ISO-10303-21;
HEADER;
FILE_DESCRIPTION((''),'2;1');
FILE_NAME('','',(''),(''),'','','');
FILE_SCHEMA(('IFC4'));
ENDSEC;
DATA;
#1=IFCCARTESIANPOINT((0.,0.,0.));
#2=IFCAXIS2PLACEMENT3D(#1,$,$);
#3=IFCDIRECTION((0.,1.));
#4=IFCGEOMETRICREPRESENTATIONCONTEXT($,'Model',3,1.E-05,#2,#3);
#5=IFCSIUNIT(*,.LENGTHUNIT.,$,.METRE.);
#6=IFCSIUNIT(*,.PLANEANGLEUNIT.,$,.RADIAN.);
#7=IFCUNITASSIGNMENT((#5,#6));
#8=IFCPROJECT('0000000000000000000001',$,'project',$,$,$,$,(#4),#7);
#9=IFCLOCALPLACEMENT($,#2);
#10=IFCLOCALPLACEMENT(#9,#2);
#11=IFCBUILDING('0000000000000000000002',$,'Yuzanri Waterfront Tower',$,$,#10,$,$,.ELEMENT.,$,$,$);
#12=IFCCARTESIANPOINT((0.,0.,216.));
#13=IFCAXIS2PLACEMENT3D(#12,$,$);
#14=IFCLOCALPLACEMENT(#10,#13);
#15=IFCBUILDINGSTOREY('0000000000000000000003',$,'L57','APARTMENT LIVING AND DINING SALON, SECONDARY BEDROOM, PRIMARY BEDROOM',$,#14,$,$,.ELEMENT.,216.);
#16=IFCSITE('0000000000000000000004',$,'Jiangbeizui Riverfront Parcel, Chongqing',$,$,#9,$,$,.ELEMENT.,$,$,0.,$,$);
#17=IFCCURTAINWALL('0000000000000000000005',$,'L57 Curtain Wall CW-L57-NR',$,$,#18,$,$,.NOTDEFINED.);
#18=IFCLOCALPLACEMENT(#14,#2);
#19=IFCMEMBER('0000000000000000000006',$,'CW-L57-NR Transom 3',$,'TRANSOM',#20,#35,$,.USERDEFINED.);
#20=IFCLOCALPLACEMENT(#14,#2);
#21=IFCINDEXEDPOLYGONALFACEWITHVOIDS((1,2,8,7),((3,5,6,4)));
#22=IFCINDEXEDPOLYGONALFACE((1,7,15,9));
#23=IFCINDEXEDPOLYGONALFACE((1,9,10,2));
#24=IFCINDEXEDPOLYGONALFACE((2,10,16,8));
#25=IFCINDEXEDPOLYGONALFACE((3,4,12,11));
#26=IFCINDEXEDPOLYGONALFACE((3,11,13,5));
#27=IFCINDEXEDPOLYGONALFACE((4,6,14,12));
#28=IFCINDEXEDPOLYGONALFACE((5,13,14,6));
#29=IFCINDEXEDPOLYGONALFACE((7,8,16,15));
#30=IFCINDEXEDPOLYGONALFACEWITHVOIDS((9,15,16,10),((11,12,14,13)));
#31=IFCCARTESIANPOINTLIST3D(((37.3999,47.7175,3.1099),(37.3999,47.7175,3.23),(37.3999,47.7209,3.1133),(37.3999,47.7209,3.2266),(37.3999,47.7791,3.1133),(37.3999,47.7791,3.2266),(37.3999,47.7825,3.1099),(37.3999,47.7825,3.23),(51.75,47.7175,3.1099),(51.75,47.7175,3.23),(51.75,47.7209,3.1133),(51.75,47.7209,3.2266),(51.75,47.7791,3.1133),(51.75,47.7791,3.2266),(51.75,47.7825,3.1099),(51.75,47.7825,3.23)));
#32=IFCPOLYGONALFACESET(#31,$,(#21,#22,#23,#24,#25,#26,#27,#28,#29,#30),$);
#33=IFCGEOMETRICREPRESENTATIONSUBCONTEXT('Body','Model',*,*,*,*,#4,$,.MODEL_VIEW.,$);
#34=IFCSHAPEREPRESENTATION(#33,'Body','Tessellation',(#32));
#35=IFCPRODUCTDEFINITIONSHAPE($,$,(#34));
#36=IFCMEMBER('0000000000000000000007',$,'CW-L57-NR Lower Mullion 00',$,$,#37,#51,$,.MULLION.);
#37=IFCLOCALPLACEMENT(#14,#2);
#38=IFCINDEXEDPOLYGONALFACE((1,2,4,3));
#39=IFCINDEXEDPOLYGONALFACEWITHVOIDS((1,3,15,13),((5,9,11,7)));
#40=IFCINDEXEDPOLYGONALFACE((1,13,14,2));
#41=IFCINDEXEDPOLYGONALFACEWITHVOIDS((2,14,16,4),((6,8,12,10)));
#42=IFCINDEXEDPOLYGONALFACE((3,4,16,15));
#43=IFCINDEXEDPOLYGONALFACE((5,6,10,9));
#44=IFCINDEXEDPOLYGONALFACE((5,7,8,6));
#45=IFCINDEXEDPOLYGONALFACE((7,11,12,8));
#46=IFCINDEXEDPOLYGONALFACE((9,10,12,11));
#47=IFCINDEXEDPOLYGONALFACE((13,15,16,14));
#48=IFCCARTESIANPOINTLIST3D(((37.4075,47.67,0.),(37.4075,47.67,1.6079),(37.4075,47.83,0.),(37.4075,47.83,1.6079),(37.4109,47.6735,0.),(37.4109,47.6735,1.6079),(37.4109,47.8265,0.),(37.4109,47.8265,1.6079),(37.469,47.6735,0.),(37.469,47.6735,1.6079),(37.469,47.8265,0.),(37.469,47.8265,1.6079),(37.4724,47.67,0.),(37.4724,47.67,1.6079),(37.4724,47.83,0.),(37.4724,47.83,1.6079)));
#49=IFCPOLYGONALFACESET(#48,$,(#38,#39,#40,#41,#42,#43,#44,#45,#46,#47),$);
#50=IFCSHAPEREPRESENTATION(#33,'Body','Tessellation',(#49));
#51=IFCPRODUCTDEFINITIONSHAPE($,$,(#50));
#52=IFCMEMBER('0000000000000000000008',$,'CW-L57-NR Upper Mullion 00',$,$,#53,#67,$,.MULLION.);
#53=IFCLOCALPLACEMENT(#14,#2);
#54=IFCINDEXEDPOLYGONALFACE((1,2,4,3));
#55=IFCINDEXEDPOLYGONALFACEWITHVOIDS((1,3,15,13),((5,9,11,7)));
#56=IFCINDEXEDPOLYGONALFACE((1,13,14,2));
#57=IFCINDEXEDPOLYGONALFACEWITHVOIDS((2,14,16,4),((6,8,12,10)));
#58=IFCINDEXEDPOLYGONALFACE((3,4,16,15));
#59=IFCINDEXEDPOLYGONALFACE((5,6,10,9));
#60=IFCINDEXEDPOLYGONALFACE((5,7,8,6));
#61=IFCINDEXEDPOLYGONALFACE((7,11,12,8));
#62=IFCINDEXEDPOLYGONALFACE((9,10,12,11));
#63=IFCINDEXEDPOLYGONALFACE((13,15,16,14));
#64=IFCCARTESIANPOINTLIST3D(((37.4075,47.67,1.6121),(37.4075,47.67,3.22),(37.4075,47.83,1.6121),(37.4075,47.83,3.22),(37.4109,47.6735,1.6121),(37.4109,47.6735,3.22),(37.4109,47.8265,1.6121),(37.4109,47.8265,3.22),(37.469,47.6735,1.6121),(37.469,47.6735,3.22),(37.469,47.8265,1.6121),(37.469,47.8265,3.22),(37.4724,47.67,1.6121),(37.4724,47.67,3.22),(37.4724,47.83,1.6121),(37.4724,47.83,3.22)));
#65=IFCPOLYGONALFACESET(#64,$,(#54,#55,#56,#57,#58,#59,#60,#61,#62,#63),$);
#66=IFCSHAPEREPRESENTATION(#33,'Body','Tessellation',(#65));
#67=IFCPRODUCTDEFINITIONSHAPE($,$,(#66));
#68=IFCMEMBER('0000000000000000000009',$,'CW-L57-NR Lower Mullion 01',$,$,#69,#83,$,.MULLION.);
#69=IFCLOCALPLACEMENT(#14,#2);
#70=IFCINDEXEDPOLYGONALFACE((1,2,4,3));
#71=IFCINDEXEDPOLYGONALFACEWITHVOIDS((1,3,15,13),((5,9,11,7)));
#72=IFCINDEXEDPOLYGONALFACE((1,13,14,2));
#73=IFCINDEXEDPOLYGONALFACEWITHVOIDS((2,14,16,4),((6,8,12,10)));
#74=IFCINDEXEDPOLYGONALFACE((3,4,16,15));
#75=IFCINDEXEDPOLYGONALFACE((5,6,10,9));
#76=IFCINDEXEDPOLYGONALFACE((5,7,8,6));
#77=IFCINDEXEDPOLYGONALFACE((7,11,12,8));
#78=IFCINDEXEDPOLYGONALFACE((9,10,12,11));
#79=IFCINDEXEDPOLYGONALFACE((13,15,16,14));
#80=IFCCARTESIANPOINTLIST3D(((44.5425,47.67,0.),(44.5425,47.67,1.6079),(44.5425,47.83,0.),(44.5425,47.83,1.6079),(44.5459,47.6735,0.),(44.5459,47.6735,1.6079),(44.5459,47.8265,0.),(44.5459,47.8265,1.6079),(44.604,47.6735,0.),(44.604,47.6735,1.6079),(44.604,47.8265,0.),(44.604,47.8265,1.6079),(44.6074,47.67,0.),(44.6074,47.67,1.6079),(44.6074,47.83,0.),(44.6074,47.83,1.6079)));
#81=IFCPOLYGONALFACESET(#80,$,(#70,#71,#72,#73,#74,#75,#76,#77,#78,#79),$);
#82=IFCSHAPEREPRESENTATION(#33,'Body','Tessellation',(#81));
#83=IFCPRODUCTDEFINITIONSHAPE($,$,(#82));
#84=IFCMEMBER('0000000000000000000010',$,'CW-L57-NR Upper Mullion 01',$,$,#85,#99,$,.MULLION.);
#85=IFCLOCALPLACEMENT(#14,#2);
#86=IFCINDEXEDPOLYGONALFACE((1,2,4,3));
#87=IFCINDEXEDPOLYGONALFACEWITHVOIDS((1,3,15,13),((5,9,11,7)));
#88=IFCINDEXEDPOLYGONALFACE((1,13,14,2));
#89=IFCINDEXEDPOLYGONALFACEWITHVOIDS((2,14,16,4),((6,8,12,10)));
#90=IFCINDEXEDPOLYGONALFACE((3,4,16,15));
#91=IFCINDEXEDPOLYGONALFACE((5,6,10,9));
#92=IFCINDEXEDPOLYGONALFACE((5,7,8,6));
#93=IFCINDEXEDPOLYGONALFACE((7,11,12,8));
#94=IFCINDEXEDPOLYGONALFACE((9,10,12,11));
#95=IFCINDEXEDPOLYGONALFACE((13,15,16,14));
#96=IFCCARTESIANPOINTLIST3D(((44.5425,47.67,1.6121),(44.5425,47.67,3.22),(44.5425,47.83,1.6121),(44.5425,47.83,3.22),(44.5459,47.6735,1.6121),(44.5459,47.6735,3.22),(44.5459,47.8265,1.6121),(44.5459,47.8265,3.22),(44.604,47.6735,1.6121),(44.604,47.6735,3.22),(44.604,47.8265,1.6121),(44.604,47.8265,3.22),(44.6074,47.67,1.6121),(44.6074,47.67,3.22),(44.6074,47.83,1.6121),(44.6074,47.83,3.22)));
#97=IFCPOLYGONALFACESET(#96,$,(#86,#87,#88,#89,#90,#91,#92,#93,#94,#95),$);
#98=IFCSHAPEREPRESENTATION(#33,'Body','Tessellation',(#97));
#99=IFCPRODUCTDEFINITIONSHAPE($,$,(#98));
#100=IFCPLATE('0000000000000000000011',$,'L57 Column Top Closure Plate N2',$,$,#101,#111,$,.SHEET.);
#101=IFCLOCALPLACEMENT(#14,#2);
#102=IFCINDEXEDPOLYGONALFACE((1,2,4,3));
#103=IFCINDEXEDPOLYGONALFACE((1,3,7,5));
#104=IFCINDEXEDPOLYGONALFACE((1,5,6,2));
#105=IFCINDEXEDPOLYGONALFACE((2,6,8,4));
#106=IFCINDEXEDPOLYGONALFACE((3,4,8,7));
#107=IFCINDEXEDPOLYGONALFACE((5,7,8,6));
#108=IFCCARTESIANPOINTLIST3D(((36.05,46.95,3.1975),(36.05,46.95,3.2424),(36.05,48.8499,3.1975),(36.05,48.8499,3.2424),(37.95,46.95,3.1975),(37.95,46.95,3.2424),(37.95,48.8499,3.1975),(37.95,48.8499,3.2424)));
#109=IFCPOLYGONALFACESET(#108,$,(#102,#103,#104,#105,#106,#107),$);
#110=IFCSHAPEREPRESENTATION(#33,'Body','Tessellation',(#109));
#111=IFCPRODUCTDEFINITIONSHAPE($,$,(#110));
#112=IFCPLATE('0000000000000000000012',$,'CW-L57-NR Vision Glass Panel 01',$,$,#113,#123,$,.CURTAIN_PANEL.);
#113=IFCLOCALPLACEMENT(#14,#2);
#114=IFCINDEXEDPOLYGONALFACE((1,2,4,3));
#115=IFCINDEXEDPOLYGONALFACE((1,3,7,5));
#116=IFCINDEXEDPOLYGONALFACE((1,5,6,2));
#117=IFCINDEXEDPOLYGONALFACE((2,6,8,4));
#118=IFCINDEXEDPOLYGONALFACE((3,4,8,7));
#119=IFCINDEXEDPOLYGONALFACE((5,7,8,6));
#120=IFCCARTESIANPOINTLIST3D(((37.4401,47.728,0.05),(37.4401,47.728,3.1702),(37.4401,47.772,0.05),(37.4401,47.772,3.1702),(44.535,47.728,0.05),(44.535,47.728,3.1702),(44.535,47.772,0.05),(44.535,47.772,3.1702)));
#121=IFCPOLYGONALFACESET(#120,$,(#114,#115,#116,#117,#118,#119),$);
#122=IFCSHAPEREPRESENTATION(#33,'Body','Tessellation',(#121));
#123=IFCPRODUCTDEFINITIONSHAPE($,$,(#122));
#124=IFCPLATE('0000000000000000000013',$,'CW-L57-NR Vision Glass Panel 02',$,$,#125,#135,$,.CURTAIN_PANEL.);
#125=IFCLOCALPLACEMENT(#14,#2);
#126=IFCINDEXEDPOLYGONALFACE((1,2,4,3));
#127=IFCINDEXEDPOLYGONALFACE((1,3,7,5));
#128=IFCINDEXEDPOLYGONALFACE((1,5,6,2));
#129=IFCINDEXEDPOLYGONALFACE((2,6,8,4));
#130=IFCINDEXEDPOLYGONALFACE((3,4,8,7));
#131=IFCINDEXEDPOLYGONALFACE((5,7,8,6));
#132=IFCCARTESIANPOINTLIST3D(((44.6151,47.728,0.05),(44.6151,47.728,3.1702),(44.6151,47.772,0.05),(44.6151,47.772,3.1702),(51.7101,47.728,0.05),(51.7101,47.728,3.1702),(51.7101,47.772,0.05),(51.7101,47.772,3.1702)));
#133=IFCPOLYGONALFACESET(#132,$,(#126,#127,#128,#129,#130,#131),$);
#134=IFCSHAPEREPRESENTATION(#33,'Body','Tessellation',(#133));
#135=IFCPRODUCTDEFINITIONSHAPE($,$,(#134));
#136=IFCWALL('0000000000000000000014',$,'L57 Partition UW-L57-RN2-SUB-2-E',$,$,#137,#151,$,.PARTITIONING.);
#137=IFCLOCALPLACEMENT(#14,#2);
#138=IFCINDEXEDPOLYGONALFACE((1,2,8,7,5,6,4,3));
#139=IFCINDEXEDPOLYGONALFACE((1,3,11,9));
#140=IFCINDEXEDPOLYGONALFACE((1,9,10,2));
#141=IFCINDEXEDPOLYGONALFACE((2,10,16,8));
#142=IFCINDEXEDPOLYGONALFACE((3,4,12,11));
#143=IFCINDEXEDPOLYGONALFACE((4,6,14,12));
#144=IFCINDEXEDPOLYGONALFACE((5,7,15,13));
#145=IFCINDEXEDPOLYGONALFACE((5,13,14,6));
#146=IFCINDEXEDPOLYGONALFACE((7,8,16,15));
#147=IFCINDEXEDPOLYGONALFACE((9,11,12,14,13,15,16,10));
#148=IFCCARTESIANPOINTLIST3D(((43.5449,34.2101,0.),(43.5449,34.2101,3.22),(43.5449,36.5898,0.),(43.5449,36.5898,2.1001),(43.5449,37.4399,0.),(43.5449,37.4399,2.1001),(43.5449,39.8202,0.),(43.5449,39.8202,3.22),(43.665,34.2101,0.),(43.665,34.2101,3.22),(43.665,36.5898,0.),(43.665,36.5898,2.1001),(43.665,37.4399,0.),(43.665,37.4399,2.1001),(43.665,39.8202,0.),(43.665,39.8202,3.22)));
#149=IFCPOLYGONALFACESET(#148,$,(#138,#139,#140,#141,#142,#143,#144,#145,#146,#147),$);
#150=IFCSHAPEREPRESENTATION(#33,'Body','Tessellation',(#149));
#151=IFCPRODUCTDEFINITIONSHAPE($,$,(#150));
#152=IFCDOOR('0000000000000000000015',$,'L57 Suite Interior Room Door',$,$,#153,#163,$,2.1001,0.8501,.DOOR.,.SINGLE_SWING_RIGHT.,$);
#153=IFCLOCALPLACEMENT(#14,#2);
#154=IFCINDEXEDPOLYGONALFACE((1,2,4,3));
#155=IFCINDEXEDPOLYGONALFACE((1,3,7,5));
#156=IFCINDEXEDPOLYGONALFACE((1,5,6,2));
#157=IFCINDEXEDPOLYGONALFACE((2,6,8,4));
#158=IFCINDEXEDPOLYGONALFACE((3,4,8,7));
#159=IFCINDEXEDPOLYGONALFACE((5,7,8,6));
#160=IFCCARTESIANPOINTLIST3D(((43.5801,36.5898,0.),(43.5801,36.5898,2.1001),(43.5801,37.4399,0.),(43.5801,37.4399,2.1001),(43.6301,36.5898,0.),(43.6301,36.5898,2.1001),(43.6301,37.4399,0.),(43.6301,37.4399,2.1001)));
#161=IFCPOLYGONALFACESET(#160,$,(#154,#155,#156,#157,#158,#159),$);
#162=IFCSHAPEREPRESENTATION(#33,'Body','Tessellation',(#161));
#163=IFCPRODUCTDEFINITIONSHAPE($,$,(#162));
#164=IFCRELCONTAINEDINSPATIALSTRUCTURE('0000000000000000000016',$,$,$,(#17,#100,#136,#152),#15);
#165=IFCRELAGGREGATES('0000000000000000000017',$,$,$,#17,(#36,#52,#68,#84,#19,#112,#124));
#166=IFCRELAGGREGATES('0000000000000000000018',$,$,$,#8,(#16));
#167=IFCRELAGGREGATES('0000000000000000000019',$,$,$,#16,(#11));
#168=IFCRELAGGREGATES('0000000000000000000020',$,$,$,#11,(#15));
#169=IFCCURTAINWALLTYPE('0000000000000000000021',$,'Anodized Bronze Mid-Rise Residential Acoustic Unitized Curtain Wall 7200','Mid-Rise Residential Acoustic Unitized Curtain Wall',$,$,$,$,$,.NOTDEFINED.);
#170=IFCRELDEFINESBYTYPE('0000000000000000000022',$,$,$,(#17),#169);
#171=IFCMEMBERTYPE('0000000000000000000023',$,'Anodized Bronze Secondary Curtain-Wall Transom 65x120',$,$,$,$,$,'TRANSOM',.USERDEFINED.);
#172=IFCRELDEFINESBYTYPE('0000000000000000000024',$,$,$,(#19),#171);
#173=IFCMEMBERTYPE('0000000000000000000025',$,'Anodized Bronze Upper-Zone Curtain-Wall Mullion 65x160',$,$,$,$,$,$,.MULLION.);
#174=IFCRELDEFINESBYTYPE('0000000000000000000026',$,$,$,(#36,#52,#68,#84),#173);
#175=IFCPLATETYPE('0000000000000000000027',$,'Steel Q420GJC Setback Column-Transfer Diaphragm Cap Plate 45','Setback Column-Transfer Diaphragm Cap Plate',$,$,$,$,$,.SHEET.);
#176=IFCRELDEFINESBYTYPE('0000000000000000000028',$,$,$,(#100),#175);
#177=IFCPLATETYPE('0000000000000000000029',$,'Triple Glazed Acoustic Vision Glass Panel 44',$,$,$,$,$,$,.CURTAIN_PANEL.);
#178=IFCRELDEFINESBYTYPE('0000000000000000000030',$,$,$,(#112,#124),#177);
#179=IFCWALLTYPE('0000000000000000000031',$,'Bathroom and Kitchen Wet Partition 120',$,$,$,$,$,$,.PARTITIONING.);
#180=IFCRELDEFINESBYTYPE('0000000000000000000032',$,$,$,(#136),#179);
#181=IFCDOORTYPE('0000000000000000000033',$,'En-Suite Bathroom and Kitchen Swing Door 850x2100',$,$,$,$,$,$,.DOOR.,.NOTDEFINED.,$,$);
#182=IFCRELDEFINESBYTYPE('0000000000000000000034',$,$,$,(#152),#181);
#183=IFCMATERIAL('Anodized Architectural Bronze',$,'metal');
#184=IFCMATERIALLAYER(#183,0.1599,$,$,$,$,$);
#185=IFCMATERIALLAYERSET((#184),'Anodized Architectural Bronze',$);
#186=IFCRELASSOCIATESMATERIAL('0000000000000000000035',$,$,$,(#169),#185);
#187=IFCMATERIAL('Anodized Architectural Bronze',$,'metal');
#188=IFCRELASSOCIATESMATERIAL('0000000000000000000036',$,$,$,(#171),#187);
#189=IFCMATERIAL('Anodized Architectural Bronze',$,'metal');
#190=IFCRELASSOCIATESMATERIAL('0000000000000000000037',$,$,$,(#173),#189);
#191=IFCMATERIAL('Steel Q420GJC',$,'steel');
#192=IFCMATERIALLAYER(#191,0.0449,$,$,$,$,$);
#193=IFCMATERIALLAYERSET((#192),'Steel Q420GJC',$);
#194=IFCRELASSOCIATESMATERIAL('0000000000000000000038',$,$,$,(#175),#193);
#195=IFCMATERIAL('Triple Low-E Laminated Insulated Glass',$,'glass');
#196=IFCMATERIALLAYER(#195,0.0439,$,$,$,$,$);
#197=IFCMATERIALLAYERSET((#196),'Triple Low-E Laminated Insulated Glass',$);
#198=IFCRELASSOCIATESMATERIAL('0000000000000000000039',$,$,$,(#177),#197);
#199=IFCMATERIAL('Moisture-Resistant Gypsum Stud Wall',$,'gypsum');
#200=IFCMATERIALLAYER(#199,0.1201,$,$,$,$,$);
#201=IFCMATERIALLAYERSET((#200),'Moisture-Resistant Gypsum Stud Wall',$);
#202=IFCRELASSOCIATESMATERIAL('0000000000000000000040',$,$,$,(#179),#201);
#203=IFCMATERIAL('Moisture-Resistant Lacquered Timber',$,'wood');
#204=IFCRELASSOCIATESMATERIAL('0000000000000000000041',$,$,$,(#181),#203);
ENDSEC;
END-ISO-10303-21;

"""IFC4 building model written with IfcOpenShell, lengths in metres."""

from ifc_helpers import new_model, si_unit, direction, frame, frame_2d, origin, origin_2d, place, context, subcontext, project, spatial, rectangle, hollow_rectangle, extrude, source, transform, mapped, material, layer, layer_set, material_profile, profile_set, type_object, element, fill, aggregate, save


model = new_model("IFC4")

# Units and contexts
model_context = context("Model", 3, precision=1e-05, world=origin(), true_north=direction((0.0, 1.0)))
body_context = subcontext(model_context, "Body", "Model", "MODEL_VIEW")
ifc_project = project(units=[si_unit("LENGTHUNIT", "METRE"), si_unit("PLANEANGLEUNIT", "RADIAN")], contexts=[model_context])

# Site, building, storey
site_placement = place(None, origin())
site = spatial("IfcSite", under=ifc_project, at=site_placement, Name="Jiangbeizui Riverfront Parcel, Chongqing", CompositionType="ELEMENT", RefElevation=0.0)
building_placement = place(site_placement, origin())
building = spatial("IfcBuilding", under=site, at=building_placement, Name="Yuzanri Waterfront Tower", CompositionType="ELEMENT")
storey_placement = place(building_placement, frame((0.0, 0.0, 216.0)))
storey = spatial("IfcBuildingStorey", under=building, at=storey_placement, Name="L57", Description="APARTMENT LIVING AND DINING SALON, SECONDARY BEDROOM, PRIMARY BEDROOM", CompositionType="ELEMENT", Elevation=216.0)

# Curtain wall, members
ifc_material_1 = material(Name="Anodized Architectural Bronze", Category="metal")
ifc_layer_1 = layer(ifc_material_1, 0.1599)
ifc_layer_set_1 = layer_set([ifc_layer_1], Name="Anodized Architectural Bronze")
curtain_wall_type = type_object("IfcCurtainWallType", Name="Anodized Bronze Mid-Rise Residential Acoustic Unitized Curtain Wall 7200", Description="Mid-Rise Residential Acoustic Unitized Curtain Wall", PredefinedType="NOTDEFINED", material=ifc_layer_set_1)
curtain_wall_placement = place(storey_placement, origin())
curtain_wall = element("IfcCurtainWall", 1, at=curtain_wall_placement, inside=storey, type_object=curtain_wall_type, Name="L57 Curtain Wall CW-L57-NR", PredefinedType="NOTDEFINED")
ifc_material_2 = material(Name="Anodized Architectural Bronze", Category="metal")
ifc_material_profile_1 = material_profile(ifc_material_2, hollow_rectangle(XDim=0.0649, YDim=0.1201, WallThickness=0.0034, at=origin_2d()), Name="CWT 65x120")
ifc_profile_set_1 = profile_set([ifc_material_profile_1], Name="Anodized Architectural Bronze")
member_type_1 = type_object("IfcMemberType", Name="Anodized Bronze Secondary Curtain-Wall Transom 65x120", ElementType="TRANSOM", PredefinedType="USERDEFINED", material=ifc_profile_set_1)
shared_shape_1 = source(origin(), body_context, "Body", "SweptSolid", [
    extrude(hollow_rectangle(XDim=0.0649, YDim=0.1201, WallThickness=0.0034, at=origin_2d()), origin(), (0.0, 0.0, 1.0), 14.3501),
])
member_1_placement = place(storey_placement, frame((37.3999, 47.75, 3.1699), z_axis=(1.0, 0.0, 0.0), x_axis=(0.0, 1.0, 0.0)))
member_1 = element("IfcMember", 2, at=member_1_placement, type_object=member_type_1, Name="CW-L57-NR Transom 3", ObjectType="TRANSOM", PredefinedType="USERDEFINED", context=body_context, shape_type="MappedRepresentation", body=[
    mapped(shared_shape_1, transform((0.0, 0.0, 0.0), scale=1.0)),
])
ifc_material_3 = material(Name="Anodized Architectural Bronze", Category="metal")
ifc_material_profile_2 = material_profile(ifc_material_3, hollow_rectangle(XDim=0.0649, YDim=0.1599, WallThickness=0.0034, at=origin_2d()), Name="CWM 65x160")
ifc_profile_set_2 = profile_set([ifc_material_profile_2], Name="Anodized Architectural Bronze")
member_type_2 = type_object("IfcMemberType", Name="Anodized Bronze Upper-Zone Curtain-Wall Mullion 65x160", PredefinedType="MULLION", material=ifc_profile_set_2)
shared_shape_2 = source(origin(), body_context, "Body", "SweptSolid", [
    extrude(hollow_rectangle(XDim=0.0649, YDim=0.1599, WallThickness=0.0034, at=origin_2d()), origin(), (0.0, 0.0, 1.0), 1.6079),
])
member_2_placement = place(storey_placement, frame((37.4399, 47.75, 0.0), z_axis=(0.0, 0.0, 1.0), x_axis=(1.0, 0.0, 0.0)))
member_2 = element("IfcMember", 3, at=member_2_placement, type_object=member_type_2, Name="CW-L57-NR Lower Mullion 00", PredefinedType="MULLION", context=body_context, shape_type="MappedRepresentation", body=[
    mapped(shared_shape_2, transform((0.0, 0.0, 0.0), scale=1.0)),
])
member_3_placement = place(storey_placement, frame((37.4399, 47.75, 1.6121), z_axis=(0.0, 0.0, 1.0), x_axis=(1.0, 0.0, 0.0)))
member_3 = element("IfcMember", 4, at=member_3_placement, type_object=member_type_2, Name="CW-L57-NR Upper Mullion 00", PredefinedType="MULLION", context=body_context, shape_type="MappedRepresentation", body=[
    mapped(shared_shape_2, transform((0.0, 0.0, 0.0), scale=1.0)),
])
member_4_placement = place(storey_placement, frame((44.575, 47.75, 0.0), z_axis=(0.0, 0.0, 1.0), x_axis=(1.0, 0.0, 0.0)))
member_4 = element("IfcMember", 5, at=member_4_placement, type_object=member_type_2, Name="CW-L57-NR Lower Mullion 01", PredefinedType="MULLION", context=body_context, shape_type="MappedRepresentation", body=[
    mapped(shared_shape_2, transform((0.0, 0.0, 0.0), scale=1.0)),
])
member_5_placement = place(storey_placement, frame((44.575, 47.75, 1.6121), z_axis=(0.0, 0.0, 1.0), x_axis=(1.0, 0.0, 0.0)))
member_5 = element("IfcMember", 6, at=member_5_placement, type_object=member_type_2, Name="CW-L57-NR Upper Mullion 01", PredefinedType="MULLION", context=body_context, shape_type="MappedRepresentation", body=[
    mapped(shared_shape_2, transform((0.0, 0.0, 0.0), scale=1.0)),
])

# Plates
ifc_material_4 = material(Name="Steel Q420GJC", Category="steel")
ifc_layer_2 = layer(ifc_material_4, 0.0449)
ifc_layer_set_2 = layer_set([ifc_layer_2], Name="Steel Q420GJC")
plate_type_1 = type_object("IfcPlateType", Name="Steel Q420GJC Setback Column-Transfer Diaphragm Cap Plate 45", Description="Setback Column-Transfer Diaphragm Cap Plate", PredefinedType="SHEET", material=ifc_layer_set_2)
shared_shape_3 = source(origin(), body_context, "Body", "SweptSolid", [
    extrude(rectangle(XDim=1.8999, YDim=1.8999, at=origin_2d()), origin(), (0.0, 0.0, 1.0), 0.0449),
])
plate_1_placement = place(storey_placement, frame((37.0, 47.8999, 3.1975), z_axis=(0.0, 0.0, 1.0), x_axis=(1.0, 0.0, 0.0)))
element("IfcPlate", 7, at=plate_1_placement, inside=storey, type_object=plate_type_1, Name="L57 Column Top Closure Plate N2", PredefinedType="SHEET", context=body_context, shape_type="MappedRepresentation", body=[
    mapped(shared_shape_3, transform((0.0, 0.0, 0.0), scale=1.0)),
])
ifc_material_5 = material(Name="Triple Low-E Laminated Insulated Glass", Category="glass")
ifc_layer_3 = layer(ifc_material_5, 0.0439)
ifc_layer_set_3 = layer_set([ifc_layer_3], Name="Triple Low-E Laminated Insulated Glass")
plate_type_2 = type_object("IfcPlateType", Name="Triple Glazed Acoustic Vision Glass Panel 44", PredefinedType="CURTAIN_PANEL", material=ifc_layer_set_3)
shared_shape_4 = source(origin(), body_context, "Body", "SweptSolid", [
    extrude(rectangle(XDim=7.095, YDim=0.0439, at=origin_2d()), origin(), (0.0, 0.0, 1.0), 3.1201),
])
plate_2_placement = place(storey_placement, frame((40.9875, 47.75, 0.05), z_axis=(0.0, 0.0, 1.0), x_axis=(1.0, 0.0, 0.0)))
plate_2 = element("IfcPlate", 8, at=plate_2_placement, type_object=plate_type_2, Name="CW-L57-NR Vision Glass Panel 01", PredefinedType="CURTAIN_PANEL", context=body_context, shape_type="MappedRepresentation", body=[
    mapped(shared_shape_4, transform((0.0, 0.0, 0.0), scale=1.0)),
])
plate_3_placement = place(storey_placement, frame((48.1626, 47.75, 0.05), z_axis=(0.0, 0.0, 1.0), x_axis=(1.0, 0.0, 0.0)))
plate_3 = element("IfcPlate", 9, at=plate_3_placement, type_object=plate_type_2, Name="CW-L57-NR Vision Glass Panel 02", PredefinedType="CURTAIN_PANEL", context=body_context, shape_type="MappedRepresentation", body=[
    mapped(shared_shape_4, transform((0.0, 0.0, 0.0), scale=1.0)),
])
aggregate(curtain_wall, [member_2, member_3, member_4, member_5, member_1, plate_2, plate_3])

# Wall, opening, door
ifc_material_6 = material(Name="Moisture-Resistant Gypsum Stud Wall", Category="gypsum")
ifc_layer_4 = layer(ifc_material_6, 0.1201)
ifc_layer_set_4 = layer_set([ifc_layer_4], Name="Moisture-Resistant Gypsum Stud Wall")
wall_type = type_object("IfcWallType", Name="Bathroom and Kitchen Wet Partition 120", PredefinedType="PARTITIONING", material=ifc_layer_set_4)
wall_1_placement = place(storey_placement, frame((43.605, 34.21, 0.0), z_axis=(0.0, 0.0, 1.0), x_axis=(0.0, 1.0, 0.0)))
wall_1 = element("IfcWall", 10, at=wall_1_placement, inside=storey, type_object=wall_type, Name="L57 Partition UW-L57-RN2-SUB-2-E", PredefinedType="PARTITIONING", context=body_context, shape_type="SweptSolid", body=[
    extrude(rectangle(XDim=5.6101, YDim=0.1201, at=frame_2d((2.8052, 0.0))), origin(), (0.0, 0.0, 1.0), 3.22),
])
opening_1_placement = place(wall_1_placement, frame((2.3799, 0.0, 0.0)))
opening_1 = element("IfcOpeningElement", 11, at=opening_1_placement, cuts=wall_1, PredefinedType="OPENING", context=body_context, shape_type="SweptSolid", body=[
    extrude(rectangle(XDim=0.8501, YDim=2.1001, at=frame_2d((0.425, 1.05))), frame((0.0, 0.075, 0.0), z_axis=(0.0, -1.0, 0.0), x_axis=(1.0, 0.0, 0.0)), (0.0, 0.0, 1.0), 0.1499),
])
ifc_material_7 = material(Name="Moisture-Resistant Lacquered Timber", Category="wood")
door_type_1 = type_object("IfcDoorType", Name="En-Suite Bathroom and Kitchen Swing Door 850x2100", OperationType="NOTDEFINED", PredefinedType="DOOR", material=ifc_material_7)
shared_shape_5 = source(origin(), body_context, "Body", "SweptSolid", [
    extrude(rectangle(XDim=0.8501, YDim=2.1001, at=frame_2d((0.425, 1.05))), frame((0.0, 0.0249, 0.0), z_axis=(0.0, -1.0, 0.0), x_axis=(1.0, 0.0, 0.0)), (0.0, 0.0, 1.0), 0.05),
])
door_1_placement = place(opening_1_placement, origin())
door_1 = element("IfcDoor", 12, at=door_1_placement, inside=storey, type_object=door_type_1, Name="L57 Suite Interior Room Door", OperationType="SINGLE_SWING_RIGHT", OverallHeight=2.1001, OverallWidth=0.8501, PredefinedType="DOOR", context=body_context, shape_type="MappedRepresentation", body=[
    mapped(shared_shape_5, transform((0.0, 0.0, 0.0), scale=1.0)),
])
fill(opening_1, door_1)

save(model, "model.ifc")
